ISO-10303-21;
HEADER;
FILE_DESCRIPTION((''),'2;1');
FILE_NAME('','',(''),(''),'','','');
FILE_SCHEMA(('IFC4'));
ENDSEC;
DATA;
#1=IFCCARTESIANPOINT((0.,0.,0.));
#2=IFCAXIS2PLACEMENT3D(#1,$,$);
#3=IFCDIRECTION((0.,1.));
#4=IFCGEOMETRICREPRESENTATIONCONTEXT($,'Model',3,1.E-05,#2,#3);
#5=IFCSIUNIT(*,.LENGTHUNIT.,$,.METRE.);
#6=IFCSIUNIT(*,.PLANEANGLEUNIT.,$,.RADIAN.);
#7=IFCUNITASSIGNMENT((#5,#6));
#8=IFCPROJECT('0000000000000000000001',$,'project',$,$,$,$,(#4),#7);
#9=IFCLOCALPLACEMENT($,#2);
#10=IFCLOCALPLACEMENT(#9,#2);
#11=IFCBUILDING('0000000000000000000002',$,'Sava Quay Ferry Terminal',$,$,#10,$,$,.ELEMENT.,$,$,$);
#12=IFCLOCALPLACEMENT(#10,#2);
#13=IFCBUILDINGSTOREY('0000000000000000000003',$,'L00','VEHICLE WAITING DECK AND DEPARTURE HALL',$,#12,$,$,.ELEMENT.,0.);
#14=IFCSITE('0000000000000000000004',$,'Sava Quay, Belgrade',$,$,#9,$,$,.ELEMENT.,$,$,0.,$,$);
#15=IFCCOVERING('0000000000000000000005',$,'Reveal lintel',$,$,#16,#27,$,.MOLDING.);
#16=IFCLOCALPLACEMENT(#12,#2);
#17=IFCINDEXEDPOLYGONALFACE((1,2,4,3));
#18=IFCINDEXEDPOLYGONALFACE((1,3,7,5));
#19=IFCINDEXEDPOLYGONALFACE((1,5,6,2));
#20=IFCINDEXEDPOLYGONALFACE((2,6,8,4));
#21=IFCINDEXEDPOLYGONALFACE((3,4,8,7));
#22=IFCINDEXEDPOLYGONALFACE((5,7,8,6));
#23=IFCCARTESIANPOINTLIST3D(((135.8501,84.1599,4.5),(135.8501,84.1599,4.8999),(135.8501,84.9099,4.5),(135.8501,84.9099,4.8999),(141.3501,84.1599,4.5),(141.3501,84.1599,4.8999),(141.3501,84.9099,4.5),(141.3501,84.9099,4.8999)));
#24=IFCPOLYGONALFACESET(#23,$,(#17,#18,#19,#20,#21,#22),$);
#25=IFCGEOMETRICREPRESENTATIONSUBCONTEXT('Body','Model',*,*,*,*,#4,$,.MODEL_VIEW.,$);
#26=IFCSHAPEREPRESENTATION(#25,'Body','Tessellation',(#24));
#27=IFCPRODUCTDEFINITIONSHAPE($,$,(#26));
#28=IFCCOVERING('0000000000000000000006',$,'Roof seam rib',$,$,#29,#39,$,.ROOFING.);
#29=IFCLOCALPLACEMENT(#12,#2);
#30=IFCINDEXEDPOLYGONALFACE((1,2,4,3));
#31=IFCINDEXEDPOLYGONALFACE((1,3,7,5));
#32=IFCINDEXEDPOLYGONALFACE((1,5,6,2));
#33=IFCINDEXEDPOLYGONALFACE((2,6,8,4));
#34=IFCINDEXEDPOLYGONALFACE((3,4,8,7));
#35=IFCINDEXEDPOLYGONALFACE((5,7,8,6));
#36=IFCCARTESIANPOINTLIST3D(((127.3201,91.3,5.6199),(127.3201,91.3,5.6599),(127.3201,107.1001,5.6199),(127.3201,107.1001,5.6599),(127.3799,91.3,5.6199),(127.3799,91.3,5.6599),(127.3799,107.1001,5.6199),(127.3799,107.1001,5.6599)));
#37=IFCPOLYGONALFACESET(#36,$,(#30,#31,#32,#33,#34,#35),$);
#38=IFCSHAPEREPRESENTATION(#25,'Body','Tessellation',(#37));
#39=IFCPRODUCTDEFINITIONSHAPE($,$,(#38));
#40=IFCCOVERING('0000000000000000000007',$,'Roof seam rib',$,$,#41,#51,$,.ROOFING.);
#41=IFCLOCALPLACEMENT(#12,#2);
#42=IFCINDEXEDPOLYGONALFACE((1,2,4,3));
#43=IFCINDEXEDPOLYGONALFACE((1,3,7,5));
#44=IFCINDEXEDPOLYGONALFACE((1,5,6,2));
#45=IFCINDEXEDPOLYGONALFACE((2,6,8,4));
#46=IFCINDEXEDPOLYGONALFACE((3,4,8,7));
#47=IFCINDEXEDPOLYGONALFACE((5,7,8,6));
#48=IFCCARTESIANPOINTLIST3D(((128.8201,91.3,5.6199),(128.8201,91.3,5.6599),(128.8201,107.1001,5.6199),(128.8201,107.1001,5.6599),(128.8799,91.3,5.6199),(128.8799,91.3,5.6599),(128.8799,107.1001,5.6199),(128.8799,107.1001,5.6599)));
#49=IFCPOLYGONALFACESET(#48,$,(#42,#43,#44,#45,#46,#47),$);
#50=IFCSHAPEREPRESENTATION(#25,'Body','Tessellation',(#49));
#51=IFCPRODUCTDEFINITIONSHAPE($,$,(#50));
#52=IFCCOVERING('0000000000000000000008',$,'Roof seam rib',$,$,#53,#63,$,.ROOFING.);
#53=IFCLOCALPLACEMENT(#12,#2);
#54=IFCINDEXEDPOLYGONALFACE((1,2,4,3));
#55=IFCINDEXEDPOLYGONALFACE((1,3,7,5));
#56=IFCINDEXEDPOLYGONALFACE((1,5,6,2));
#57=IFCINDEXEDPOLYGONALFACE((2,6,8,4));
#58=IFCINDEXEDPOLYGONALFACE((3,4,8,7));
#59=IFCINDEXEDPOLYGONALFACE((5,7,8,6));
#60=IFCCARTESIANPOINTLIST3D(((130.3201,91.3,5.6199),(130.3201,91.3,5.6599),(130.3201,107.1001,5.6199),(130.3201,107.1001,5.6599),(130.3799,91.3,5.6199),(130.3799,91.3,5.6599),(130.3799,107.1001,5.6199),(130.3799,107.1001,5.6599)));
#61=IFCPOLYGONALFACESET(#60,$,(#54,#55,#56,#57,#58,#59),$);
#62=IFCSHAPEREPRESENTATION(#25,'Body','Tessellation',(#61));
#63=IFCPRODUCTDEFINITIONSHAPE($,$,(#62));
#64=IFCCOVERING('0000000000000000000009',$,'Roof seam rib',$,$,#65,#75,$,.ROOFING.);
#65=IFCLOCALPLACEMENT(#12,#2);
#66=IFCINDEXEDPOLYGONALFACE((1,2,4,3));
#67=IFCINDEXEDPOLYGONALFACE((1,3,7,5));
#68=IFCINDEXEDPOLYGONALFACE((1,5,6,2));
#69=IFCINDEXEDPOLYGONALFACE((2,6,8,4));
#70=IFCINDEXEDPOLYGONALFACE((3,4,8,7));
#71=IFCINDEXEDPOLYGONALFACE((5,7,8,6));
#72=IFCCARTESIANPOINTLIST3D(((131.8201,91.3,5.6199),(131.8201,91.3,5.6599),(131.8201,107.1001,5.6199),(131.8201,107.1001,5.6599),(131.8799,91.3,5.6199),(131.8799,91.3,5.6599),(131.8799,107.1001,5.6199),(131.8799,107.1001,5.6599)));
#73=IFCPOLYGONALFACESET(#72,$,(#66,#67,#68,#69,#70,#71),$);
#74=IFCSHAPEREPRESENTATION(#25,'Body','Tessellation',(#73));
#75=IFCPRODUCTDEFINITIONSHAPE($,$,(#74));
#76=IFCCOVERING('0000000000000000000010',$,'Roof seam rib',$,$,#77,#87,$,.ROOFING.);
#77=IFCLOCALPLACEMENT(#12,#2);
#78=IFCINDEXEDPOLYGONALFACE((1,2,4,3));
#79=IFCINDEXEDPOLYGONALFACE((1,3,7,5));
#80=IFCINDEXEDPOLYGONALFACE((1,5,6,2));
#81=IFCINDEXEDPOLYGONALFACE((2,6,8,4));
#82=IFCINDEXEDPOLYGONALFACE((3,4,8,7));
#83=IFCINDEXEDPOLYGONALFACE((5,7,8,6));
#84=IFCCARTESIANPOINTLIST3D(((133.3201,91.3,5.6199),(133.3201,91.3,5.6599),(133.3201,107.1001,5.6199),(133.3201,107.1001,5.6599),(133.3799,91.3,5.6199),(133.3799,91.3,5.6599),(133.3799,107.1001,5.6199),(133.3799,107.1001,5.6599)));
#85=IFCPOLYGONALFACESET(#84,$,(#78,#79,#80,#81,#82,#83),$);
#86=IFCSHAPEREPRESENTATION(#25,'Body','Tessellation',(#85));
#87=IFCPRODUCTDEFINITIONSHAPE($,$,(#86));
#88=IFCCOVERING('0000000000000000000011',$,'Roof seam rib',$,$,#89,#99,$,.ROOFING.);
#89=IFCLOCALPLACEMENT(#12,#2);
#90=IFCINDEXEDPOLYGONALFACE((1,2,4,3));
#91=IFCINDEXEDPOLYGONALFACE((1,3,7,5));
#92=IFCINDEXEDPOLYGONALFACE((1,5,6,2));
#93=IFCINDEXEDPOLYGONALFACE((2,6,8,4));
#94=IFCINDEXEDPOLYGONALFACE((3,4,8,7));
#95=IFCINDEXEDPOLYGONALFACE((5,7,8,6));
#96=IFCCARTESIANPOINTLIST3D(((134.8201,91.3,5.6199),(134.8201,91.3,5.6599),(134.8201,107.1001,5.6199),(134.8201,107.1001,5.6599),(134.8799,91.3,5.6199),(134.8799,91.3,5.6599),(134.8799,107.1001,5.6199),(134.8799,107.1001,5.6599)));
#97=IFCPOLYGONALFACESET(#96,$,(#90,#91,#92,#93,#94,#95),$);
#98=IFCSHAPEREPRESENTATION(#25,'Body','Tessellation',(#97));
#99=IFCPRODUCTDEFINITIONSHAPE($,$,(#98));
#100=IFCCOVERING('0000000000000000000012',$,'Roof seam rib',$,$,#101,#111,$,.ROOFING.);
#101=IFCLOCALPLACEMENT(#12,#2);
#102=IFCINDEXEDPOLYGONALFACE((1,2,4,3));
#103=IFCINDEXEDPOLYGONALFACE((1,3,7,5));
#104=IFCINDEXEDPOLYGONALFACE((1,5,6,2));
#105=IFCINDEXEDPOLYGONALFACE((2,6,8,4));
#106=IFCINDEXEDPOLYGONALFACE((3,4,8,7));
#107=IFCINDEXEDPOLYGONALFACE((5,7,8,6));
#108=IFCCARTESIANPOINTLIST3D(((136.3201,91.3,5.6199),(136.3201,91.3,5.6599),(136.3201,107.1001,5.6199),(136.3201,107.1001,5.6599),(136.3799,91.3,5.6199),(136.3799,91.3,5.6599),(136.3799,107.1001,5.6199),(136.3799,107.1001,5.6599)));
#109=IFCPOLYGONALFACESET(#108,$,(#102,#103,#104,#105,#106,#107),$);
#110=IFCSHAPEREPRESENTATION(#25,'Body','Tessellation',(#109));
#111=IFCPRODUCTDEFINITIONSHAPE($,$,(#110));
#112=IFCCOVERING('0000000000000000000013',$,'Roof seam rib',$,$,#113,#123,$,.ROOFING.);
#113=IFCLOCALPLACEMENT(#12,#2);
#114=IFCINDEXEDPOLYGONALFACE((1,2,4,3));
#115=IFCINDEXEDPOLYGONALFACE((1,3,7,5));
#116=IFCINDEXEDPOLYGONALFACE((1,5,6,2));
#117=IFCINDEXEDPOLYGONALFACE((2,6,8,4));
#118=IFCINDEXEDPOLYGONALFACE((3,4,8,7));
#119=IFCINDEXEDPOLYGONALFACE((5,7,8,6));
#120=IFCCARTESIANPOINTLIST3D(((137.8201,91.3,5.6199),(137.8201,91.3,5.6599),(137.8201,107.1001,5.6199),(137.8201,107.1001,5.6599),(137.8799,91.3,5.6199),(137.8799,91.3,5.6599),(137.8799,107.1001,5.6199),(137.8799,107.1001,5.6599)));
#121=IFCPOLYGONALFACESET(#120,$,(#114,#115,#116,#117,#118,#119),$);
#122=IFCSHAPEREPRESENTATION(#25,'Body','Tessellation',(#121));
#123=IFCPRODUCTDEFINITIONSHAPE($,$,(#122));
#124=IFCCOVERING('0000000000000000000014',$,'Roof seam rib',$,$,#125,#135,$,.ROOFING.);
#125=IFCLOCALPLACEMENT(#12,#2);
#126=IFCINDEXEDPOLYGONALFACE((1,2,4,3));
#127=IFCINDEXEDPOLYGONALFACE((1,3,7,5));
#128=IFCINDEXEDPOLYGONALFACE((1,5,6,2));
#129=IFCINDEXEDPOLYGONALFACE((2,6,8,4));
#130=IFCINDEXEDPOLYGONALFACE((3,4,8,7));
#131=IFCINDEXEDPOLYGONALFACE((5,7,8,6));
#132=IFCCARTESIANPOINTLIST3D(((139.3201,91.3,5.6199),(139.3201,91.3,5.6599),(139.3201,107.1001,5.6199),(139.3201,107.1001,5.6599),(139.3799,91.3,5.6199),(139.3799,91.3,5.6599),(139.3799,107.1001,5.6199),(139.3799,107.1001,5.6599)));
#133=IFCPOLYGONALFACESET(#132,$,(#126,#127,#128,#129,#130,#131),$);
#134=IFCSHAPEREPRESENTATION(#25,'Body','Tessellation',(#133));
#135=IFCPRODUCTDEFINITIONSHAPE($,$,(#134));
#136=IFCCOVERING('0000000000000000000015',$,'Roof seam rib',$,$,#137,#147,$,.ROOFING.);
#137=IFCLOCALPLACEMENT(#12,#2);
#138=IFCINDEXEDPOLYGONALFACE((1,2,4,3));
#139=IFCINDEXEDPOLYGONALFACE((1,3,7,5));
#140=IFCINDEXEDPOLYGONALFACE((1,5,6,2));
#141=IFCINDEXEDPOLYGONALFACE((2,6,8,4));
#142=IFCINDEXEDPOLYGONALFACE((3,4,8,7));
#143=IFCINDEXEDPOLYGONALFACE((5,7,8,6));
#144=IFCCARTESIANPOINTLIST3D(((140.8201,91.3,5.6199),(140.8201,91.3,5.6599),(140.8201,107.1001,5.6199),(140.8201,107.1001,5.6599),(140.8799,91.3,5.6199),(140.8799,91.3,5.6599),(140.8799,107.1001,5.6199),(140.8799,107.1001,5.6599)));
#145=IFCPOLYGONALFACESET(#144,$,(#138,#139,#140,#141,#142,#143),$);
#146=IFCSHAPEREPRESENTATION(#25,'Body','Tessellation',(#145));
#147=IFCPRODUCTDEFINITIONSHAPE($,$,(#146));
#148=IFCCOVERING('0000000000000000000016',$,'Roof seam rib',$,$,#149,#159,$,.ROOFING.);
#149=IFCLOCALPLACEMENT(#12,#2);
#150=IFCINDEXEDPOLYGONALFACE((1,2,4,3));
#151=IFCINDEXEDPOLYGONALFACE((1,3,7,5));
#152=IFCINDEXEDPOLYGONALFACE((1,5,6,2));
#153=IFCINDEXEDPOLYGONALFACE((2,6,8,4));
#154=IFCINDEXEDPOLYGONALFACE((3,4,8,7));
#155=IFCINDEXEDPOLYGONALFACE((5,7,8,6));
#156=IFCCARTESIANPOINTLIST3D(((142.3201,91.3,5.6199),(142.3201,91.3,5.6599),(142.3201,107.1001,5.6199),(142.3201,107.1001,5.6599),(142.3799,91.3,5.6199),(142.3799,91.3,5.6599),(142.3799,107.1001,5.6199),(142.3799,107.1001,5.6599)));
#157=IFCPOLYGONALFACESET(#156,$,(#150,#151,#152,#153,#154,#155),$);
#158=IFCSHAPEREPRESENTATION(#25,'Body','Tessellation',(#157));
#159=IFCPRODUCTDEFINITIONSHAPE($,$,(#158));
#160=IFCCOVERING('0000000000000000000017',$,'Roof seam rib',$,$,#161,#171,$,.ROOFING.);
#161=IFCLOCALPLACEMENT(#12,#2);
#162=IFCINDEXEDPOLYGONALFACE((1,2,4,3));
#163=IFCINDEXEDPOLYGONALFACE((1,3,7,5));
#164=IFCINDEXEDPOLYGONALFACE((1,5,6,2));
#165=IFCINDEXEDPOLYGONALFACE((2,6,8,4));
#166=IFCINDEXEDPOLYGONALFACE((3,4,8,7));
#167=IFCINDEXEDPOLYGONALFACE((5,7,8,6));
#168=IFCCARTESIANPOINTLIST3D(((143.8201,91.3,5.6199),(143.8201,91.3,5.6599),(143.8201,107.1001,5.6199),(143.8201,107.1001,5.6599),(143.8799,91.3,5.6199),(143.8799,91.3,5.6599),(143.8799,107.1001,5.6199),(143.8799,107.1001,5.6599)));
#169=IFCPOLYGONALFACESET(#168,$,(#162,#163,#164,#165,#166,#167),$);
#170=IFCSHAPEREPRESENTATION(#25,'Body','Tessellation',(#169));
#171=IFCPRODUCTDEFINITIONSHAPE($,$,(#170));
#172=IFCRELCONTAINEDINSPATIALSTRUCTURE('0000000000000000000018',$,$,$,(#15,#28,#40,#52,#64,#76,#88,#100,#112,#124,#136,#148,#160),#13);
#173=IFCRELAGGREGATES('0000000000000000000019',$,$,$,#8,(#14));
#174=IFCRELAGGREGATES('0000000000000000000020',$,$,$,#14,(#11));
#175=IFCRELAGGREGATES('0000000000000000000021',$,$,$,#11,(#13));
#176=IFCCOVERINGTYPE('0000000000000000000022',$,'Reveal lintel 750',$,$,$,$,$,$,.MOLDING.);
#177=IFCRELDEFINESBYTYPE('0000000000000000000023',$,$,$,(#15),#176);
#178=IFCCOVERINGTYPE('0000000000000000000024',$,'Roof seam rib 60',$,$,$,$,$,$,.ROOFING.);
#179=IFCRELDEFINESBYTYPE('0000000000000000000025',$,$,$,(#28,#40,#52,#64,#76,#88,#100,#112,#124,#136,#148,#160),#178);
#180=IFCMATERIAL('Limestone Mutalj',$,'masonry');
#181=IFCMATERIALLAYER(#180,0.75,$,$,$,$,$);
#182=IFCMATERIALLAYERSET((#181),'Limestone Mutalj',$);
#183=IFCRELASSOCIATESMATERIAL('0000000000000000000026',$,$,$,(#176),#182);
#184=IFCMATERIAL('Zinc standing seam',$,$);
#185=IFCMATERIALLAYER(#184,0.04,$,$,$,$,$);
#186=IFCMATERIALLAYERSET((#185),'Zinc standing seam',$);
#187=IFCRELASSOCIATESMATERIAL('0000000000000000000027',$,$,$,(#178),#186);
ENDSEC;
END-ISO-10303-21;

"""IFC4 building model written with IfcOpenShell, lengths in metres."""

from ifc_helpers import new_model, si_unit, direction, frame, origin, origin_2d, place, context, subcontext, project, spatial, polyline, rectangle, outline, extrude, material, layer, layer_set, type_object, element, save


model = new_model("IFC4")

# Units and contexts
model_context = context("Model", 3, precision=1e-05, world=origin(), true_north=direction((0.0, 1.0)))
body_context = subcontext(model_context, "Body", "Model", "MODEL_VIEW")
ifc_project = project(units=[si_unit("LENGTHUNIT", "METRE"), si_unit("PLANEANGLEUNIT", "RADIAN")], contexts=[model_context])

# Site, building, storey
site_placement = place(None, origin())
site = spatial("IfcSite", under=ifc_project, at=site_placement, Name="Sava Quay, Belgrade", CompositionType="ELEMENT", RefElevation=0.0)
building_placement = place(site_placement, origin())
building = spatial("IfcBuilding", under=site, at=building_placement, Name="Sava Quay Ferry Terminal", CompositionType="ELEMENT")
storey_placement = place(building_placement, origin())
storey = spatial("IfcBuildingStorey", under=building, at=storey_placement, Name="L00", Description="VEHICLE WAITING DECK AND DEPARTURE HALL", CompositionType="ELEMENT", Elevation=0.0)

# Coverings
ifc_material_1 = material(Name="Limestone Mutalj", Category="masonry")
ifc_layer_1 = layer(ifc_material_1, 0.75)
ifc_layer_set_1 = layer_set([ifc_layer_1], Name="Limestone Mutalj")
covering_type_1 = type_object("IfcCoveringType", Name="Reveal lintel 750", PredefinedType="MOLDING", material=ifc_layer_set_1)
covering_1_placement = place(storey_placement, frame((138.6001, 84.5349, 4.5), z_axis=(0.0, 0.0, 1.0), x_axis=(1.0, 0.0, 0.0)))
element("IfcCovering", 1, at=covering_1_placement, inside=storey, type_object=covering_type_1, Name="Reveal lintel", PredefinedType="MOLDING", context=body_context, shape_type="SweptSolid", body=[
    extrude(rectangle(XDim=5.5, YDim=0.75, at=origin_2d()), origin(), (0.0, 0.0, 1.0), 0.3999),
])
ifc_material_2 = material(Name="Zinc standing seam")
ifc_layer_2 = layer(ifc_material_2, 0.04)
ifc_layer_set_2 = layer_set([ifc_layer_2], Name="Zinc standing seam")
covering_type_2 = type_object("IfcCoveringType", Name="Roof seam rib 60", PredefinedType="ROOFING", material=ifc_layer_set_2)
for number, where, z_axis, x_axis, name in (
    (2, (127.3201, 91.3, 5.6599), (0.0, 0.0, 1.0), (0.0, 1.0, 0.0), "Roof seam rib"),
    (3, (128.8201, 91.3, 5.6599), (0.0, 0.0, 1.0), (0.0, 1.0, 0.0), "Roof seam rib"),
    (4, (130.3201, 91.3, 5.6599), (0.0, 0.0, 1.0), (0.0, 1.0, 0.0), "Roof seam rib"),
    (5, (131.8201, 91.3, 5.6599), (0.0, 0.0, 1.0), (0.0, 1.0, 0.0), "Roof seam rib"),
    (6, (133.3201, 91.3, 5.6599), (0.0, 0.0, 1.0), (0.0, 1.0, 0.0), "Roof seam rib"),
    (7, (134.8201, 91.3, 5.6599), (0.0, 0.0, 1.0), (0.0, 1.0, 0.0), "Roof seam rib"),
    (8, (136.3201, 91.3, 5.6599), (0.0, 0.0, 1.0), (0.0, 1.0, 0.0), "Roof seam rib"),
    (9, (137.8201, 91.3, 5.6599), (0.0, 0.0, 1.0), (0.0, 1.0, 0.0), "Roof seam rib"),
    (10, (139.3201, 91.3, 5.6599), (0.0, 0.0, 1.0), (0.0, 1.0, 0.0), "Roof seam rib"),
    (11, (140.8201, 91.3, 5.6599), (0.0, 0.0, 1.0), (0.0, 1.0, 0.0), "Roof seam rib"),
    (12, (142.3201, 91.3, 5.6599), (0.0, 0.0, 1.0), (0.0, 1.0, 0.0), "Roof seam rib"),
    (13, (143.8201, 91.3, 5.6599), (0.0, 0.0, 1.0), (0.0, 1.0, 0.0), "Roof seam rib"),
):
    element("IfcCovering", number, at=place(storey_placement, frame(where, z_axis=z_axis, x_axis=x_axis)), inside=storey, type_object=covering_type_2, Name=name, PredefinedType="ROOFING", context=body_context, shape_type="SweptSolid", body=[
        extrude(outline(polyline([(0.0, 0.0), (15.8, 0.0), (15.8, -0.0598), (0.0, -0.0598), (0.0, 0.0)])), origin(), (0.0, 0.0, -1.0), 0.04),
    ])

save(model, "model.ifc")
